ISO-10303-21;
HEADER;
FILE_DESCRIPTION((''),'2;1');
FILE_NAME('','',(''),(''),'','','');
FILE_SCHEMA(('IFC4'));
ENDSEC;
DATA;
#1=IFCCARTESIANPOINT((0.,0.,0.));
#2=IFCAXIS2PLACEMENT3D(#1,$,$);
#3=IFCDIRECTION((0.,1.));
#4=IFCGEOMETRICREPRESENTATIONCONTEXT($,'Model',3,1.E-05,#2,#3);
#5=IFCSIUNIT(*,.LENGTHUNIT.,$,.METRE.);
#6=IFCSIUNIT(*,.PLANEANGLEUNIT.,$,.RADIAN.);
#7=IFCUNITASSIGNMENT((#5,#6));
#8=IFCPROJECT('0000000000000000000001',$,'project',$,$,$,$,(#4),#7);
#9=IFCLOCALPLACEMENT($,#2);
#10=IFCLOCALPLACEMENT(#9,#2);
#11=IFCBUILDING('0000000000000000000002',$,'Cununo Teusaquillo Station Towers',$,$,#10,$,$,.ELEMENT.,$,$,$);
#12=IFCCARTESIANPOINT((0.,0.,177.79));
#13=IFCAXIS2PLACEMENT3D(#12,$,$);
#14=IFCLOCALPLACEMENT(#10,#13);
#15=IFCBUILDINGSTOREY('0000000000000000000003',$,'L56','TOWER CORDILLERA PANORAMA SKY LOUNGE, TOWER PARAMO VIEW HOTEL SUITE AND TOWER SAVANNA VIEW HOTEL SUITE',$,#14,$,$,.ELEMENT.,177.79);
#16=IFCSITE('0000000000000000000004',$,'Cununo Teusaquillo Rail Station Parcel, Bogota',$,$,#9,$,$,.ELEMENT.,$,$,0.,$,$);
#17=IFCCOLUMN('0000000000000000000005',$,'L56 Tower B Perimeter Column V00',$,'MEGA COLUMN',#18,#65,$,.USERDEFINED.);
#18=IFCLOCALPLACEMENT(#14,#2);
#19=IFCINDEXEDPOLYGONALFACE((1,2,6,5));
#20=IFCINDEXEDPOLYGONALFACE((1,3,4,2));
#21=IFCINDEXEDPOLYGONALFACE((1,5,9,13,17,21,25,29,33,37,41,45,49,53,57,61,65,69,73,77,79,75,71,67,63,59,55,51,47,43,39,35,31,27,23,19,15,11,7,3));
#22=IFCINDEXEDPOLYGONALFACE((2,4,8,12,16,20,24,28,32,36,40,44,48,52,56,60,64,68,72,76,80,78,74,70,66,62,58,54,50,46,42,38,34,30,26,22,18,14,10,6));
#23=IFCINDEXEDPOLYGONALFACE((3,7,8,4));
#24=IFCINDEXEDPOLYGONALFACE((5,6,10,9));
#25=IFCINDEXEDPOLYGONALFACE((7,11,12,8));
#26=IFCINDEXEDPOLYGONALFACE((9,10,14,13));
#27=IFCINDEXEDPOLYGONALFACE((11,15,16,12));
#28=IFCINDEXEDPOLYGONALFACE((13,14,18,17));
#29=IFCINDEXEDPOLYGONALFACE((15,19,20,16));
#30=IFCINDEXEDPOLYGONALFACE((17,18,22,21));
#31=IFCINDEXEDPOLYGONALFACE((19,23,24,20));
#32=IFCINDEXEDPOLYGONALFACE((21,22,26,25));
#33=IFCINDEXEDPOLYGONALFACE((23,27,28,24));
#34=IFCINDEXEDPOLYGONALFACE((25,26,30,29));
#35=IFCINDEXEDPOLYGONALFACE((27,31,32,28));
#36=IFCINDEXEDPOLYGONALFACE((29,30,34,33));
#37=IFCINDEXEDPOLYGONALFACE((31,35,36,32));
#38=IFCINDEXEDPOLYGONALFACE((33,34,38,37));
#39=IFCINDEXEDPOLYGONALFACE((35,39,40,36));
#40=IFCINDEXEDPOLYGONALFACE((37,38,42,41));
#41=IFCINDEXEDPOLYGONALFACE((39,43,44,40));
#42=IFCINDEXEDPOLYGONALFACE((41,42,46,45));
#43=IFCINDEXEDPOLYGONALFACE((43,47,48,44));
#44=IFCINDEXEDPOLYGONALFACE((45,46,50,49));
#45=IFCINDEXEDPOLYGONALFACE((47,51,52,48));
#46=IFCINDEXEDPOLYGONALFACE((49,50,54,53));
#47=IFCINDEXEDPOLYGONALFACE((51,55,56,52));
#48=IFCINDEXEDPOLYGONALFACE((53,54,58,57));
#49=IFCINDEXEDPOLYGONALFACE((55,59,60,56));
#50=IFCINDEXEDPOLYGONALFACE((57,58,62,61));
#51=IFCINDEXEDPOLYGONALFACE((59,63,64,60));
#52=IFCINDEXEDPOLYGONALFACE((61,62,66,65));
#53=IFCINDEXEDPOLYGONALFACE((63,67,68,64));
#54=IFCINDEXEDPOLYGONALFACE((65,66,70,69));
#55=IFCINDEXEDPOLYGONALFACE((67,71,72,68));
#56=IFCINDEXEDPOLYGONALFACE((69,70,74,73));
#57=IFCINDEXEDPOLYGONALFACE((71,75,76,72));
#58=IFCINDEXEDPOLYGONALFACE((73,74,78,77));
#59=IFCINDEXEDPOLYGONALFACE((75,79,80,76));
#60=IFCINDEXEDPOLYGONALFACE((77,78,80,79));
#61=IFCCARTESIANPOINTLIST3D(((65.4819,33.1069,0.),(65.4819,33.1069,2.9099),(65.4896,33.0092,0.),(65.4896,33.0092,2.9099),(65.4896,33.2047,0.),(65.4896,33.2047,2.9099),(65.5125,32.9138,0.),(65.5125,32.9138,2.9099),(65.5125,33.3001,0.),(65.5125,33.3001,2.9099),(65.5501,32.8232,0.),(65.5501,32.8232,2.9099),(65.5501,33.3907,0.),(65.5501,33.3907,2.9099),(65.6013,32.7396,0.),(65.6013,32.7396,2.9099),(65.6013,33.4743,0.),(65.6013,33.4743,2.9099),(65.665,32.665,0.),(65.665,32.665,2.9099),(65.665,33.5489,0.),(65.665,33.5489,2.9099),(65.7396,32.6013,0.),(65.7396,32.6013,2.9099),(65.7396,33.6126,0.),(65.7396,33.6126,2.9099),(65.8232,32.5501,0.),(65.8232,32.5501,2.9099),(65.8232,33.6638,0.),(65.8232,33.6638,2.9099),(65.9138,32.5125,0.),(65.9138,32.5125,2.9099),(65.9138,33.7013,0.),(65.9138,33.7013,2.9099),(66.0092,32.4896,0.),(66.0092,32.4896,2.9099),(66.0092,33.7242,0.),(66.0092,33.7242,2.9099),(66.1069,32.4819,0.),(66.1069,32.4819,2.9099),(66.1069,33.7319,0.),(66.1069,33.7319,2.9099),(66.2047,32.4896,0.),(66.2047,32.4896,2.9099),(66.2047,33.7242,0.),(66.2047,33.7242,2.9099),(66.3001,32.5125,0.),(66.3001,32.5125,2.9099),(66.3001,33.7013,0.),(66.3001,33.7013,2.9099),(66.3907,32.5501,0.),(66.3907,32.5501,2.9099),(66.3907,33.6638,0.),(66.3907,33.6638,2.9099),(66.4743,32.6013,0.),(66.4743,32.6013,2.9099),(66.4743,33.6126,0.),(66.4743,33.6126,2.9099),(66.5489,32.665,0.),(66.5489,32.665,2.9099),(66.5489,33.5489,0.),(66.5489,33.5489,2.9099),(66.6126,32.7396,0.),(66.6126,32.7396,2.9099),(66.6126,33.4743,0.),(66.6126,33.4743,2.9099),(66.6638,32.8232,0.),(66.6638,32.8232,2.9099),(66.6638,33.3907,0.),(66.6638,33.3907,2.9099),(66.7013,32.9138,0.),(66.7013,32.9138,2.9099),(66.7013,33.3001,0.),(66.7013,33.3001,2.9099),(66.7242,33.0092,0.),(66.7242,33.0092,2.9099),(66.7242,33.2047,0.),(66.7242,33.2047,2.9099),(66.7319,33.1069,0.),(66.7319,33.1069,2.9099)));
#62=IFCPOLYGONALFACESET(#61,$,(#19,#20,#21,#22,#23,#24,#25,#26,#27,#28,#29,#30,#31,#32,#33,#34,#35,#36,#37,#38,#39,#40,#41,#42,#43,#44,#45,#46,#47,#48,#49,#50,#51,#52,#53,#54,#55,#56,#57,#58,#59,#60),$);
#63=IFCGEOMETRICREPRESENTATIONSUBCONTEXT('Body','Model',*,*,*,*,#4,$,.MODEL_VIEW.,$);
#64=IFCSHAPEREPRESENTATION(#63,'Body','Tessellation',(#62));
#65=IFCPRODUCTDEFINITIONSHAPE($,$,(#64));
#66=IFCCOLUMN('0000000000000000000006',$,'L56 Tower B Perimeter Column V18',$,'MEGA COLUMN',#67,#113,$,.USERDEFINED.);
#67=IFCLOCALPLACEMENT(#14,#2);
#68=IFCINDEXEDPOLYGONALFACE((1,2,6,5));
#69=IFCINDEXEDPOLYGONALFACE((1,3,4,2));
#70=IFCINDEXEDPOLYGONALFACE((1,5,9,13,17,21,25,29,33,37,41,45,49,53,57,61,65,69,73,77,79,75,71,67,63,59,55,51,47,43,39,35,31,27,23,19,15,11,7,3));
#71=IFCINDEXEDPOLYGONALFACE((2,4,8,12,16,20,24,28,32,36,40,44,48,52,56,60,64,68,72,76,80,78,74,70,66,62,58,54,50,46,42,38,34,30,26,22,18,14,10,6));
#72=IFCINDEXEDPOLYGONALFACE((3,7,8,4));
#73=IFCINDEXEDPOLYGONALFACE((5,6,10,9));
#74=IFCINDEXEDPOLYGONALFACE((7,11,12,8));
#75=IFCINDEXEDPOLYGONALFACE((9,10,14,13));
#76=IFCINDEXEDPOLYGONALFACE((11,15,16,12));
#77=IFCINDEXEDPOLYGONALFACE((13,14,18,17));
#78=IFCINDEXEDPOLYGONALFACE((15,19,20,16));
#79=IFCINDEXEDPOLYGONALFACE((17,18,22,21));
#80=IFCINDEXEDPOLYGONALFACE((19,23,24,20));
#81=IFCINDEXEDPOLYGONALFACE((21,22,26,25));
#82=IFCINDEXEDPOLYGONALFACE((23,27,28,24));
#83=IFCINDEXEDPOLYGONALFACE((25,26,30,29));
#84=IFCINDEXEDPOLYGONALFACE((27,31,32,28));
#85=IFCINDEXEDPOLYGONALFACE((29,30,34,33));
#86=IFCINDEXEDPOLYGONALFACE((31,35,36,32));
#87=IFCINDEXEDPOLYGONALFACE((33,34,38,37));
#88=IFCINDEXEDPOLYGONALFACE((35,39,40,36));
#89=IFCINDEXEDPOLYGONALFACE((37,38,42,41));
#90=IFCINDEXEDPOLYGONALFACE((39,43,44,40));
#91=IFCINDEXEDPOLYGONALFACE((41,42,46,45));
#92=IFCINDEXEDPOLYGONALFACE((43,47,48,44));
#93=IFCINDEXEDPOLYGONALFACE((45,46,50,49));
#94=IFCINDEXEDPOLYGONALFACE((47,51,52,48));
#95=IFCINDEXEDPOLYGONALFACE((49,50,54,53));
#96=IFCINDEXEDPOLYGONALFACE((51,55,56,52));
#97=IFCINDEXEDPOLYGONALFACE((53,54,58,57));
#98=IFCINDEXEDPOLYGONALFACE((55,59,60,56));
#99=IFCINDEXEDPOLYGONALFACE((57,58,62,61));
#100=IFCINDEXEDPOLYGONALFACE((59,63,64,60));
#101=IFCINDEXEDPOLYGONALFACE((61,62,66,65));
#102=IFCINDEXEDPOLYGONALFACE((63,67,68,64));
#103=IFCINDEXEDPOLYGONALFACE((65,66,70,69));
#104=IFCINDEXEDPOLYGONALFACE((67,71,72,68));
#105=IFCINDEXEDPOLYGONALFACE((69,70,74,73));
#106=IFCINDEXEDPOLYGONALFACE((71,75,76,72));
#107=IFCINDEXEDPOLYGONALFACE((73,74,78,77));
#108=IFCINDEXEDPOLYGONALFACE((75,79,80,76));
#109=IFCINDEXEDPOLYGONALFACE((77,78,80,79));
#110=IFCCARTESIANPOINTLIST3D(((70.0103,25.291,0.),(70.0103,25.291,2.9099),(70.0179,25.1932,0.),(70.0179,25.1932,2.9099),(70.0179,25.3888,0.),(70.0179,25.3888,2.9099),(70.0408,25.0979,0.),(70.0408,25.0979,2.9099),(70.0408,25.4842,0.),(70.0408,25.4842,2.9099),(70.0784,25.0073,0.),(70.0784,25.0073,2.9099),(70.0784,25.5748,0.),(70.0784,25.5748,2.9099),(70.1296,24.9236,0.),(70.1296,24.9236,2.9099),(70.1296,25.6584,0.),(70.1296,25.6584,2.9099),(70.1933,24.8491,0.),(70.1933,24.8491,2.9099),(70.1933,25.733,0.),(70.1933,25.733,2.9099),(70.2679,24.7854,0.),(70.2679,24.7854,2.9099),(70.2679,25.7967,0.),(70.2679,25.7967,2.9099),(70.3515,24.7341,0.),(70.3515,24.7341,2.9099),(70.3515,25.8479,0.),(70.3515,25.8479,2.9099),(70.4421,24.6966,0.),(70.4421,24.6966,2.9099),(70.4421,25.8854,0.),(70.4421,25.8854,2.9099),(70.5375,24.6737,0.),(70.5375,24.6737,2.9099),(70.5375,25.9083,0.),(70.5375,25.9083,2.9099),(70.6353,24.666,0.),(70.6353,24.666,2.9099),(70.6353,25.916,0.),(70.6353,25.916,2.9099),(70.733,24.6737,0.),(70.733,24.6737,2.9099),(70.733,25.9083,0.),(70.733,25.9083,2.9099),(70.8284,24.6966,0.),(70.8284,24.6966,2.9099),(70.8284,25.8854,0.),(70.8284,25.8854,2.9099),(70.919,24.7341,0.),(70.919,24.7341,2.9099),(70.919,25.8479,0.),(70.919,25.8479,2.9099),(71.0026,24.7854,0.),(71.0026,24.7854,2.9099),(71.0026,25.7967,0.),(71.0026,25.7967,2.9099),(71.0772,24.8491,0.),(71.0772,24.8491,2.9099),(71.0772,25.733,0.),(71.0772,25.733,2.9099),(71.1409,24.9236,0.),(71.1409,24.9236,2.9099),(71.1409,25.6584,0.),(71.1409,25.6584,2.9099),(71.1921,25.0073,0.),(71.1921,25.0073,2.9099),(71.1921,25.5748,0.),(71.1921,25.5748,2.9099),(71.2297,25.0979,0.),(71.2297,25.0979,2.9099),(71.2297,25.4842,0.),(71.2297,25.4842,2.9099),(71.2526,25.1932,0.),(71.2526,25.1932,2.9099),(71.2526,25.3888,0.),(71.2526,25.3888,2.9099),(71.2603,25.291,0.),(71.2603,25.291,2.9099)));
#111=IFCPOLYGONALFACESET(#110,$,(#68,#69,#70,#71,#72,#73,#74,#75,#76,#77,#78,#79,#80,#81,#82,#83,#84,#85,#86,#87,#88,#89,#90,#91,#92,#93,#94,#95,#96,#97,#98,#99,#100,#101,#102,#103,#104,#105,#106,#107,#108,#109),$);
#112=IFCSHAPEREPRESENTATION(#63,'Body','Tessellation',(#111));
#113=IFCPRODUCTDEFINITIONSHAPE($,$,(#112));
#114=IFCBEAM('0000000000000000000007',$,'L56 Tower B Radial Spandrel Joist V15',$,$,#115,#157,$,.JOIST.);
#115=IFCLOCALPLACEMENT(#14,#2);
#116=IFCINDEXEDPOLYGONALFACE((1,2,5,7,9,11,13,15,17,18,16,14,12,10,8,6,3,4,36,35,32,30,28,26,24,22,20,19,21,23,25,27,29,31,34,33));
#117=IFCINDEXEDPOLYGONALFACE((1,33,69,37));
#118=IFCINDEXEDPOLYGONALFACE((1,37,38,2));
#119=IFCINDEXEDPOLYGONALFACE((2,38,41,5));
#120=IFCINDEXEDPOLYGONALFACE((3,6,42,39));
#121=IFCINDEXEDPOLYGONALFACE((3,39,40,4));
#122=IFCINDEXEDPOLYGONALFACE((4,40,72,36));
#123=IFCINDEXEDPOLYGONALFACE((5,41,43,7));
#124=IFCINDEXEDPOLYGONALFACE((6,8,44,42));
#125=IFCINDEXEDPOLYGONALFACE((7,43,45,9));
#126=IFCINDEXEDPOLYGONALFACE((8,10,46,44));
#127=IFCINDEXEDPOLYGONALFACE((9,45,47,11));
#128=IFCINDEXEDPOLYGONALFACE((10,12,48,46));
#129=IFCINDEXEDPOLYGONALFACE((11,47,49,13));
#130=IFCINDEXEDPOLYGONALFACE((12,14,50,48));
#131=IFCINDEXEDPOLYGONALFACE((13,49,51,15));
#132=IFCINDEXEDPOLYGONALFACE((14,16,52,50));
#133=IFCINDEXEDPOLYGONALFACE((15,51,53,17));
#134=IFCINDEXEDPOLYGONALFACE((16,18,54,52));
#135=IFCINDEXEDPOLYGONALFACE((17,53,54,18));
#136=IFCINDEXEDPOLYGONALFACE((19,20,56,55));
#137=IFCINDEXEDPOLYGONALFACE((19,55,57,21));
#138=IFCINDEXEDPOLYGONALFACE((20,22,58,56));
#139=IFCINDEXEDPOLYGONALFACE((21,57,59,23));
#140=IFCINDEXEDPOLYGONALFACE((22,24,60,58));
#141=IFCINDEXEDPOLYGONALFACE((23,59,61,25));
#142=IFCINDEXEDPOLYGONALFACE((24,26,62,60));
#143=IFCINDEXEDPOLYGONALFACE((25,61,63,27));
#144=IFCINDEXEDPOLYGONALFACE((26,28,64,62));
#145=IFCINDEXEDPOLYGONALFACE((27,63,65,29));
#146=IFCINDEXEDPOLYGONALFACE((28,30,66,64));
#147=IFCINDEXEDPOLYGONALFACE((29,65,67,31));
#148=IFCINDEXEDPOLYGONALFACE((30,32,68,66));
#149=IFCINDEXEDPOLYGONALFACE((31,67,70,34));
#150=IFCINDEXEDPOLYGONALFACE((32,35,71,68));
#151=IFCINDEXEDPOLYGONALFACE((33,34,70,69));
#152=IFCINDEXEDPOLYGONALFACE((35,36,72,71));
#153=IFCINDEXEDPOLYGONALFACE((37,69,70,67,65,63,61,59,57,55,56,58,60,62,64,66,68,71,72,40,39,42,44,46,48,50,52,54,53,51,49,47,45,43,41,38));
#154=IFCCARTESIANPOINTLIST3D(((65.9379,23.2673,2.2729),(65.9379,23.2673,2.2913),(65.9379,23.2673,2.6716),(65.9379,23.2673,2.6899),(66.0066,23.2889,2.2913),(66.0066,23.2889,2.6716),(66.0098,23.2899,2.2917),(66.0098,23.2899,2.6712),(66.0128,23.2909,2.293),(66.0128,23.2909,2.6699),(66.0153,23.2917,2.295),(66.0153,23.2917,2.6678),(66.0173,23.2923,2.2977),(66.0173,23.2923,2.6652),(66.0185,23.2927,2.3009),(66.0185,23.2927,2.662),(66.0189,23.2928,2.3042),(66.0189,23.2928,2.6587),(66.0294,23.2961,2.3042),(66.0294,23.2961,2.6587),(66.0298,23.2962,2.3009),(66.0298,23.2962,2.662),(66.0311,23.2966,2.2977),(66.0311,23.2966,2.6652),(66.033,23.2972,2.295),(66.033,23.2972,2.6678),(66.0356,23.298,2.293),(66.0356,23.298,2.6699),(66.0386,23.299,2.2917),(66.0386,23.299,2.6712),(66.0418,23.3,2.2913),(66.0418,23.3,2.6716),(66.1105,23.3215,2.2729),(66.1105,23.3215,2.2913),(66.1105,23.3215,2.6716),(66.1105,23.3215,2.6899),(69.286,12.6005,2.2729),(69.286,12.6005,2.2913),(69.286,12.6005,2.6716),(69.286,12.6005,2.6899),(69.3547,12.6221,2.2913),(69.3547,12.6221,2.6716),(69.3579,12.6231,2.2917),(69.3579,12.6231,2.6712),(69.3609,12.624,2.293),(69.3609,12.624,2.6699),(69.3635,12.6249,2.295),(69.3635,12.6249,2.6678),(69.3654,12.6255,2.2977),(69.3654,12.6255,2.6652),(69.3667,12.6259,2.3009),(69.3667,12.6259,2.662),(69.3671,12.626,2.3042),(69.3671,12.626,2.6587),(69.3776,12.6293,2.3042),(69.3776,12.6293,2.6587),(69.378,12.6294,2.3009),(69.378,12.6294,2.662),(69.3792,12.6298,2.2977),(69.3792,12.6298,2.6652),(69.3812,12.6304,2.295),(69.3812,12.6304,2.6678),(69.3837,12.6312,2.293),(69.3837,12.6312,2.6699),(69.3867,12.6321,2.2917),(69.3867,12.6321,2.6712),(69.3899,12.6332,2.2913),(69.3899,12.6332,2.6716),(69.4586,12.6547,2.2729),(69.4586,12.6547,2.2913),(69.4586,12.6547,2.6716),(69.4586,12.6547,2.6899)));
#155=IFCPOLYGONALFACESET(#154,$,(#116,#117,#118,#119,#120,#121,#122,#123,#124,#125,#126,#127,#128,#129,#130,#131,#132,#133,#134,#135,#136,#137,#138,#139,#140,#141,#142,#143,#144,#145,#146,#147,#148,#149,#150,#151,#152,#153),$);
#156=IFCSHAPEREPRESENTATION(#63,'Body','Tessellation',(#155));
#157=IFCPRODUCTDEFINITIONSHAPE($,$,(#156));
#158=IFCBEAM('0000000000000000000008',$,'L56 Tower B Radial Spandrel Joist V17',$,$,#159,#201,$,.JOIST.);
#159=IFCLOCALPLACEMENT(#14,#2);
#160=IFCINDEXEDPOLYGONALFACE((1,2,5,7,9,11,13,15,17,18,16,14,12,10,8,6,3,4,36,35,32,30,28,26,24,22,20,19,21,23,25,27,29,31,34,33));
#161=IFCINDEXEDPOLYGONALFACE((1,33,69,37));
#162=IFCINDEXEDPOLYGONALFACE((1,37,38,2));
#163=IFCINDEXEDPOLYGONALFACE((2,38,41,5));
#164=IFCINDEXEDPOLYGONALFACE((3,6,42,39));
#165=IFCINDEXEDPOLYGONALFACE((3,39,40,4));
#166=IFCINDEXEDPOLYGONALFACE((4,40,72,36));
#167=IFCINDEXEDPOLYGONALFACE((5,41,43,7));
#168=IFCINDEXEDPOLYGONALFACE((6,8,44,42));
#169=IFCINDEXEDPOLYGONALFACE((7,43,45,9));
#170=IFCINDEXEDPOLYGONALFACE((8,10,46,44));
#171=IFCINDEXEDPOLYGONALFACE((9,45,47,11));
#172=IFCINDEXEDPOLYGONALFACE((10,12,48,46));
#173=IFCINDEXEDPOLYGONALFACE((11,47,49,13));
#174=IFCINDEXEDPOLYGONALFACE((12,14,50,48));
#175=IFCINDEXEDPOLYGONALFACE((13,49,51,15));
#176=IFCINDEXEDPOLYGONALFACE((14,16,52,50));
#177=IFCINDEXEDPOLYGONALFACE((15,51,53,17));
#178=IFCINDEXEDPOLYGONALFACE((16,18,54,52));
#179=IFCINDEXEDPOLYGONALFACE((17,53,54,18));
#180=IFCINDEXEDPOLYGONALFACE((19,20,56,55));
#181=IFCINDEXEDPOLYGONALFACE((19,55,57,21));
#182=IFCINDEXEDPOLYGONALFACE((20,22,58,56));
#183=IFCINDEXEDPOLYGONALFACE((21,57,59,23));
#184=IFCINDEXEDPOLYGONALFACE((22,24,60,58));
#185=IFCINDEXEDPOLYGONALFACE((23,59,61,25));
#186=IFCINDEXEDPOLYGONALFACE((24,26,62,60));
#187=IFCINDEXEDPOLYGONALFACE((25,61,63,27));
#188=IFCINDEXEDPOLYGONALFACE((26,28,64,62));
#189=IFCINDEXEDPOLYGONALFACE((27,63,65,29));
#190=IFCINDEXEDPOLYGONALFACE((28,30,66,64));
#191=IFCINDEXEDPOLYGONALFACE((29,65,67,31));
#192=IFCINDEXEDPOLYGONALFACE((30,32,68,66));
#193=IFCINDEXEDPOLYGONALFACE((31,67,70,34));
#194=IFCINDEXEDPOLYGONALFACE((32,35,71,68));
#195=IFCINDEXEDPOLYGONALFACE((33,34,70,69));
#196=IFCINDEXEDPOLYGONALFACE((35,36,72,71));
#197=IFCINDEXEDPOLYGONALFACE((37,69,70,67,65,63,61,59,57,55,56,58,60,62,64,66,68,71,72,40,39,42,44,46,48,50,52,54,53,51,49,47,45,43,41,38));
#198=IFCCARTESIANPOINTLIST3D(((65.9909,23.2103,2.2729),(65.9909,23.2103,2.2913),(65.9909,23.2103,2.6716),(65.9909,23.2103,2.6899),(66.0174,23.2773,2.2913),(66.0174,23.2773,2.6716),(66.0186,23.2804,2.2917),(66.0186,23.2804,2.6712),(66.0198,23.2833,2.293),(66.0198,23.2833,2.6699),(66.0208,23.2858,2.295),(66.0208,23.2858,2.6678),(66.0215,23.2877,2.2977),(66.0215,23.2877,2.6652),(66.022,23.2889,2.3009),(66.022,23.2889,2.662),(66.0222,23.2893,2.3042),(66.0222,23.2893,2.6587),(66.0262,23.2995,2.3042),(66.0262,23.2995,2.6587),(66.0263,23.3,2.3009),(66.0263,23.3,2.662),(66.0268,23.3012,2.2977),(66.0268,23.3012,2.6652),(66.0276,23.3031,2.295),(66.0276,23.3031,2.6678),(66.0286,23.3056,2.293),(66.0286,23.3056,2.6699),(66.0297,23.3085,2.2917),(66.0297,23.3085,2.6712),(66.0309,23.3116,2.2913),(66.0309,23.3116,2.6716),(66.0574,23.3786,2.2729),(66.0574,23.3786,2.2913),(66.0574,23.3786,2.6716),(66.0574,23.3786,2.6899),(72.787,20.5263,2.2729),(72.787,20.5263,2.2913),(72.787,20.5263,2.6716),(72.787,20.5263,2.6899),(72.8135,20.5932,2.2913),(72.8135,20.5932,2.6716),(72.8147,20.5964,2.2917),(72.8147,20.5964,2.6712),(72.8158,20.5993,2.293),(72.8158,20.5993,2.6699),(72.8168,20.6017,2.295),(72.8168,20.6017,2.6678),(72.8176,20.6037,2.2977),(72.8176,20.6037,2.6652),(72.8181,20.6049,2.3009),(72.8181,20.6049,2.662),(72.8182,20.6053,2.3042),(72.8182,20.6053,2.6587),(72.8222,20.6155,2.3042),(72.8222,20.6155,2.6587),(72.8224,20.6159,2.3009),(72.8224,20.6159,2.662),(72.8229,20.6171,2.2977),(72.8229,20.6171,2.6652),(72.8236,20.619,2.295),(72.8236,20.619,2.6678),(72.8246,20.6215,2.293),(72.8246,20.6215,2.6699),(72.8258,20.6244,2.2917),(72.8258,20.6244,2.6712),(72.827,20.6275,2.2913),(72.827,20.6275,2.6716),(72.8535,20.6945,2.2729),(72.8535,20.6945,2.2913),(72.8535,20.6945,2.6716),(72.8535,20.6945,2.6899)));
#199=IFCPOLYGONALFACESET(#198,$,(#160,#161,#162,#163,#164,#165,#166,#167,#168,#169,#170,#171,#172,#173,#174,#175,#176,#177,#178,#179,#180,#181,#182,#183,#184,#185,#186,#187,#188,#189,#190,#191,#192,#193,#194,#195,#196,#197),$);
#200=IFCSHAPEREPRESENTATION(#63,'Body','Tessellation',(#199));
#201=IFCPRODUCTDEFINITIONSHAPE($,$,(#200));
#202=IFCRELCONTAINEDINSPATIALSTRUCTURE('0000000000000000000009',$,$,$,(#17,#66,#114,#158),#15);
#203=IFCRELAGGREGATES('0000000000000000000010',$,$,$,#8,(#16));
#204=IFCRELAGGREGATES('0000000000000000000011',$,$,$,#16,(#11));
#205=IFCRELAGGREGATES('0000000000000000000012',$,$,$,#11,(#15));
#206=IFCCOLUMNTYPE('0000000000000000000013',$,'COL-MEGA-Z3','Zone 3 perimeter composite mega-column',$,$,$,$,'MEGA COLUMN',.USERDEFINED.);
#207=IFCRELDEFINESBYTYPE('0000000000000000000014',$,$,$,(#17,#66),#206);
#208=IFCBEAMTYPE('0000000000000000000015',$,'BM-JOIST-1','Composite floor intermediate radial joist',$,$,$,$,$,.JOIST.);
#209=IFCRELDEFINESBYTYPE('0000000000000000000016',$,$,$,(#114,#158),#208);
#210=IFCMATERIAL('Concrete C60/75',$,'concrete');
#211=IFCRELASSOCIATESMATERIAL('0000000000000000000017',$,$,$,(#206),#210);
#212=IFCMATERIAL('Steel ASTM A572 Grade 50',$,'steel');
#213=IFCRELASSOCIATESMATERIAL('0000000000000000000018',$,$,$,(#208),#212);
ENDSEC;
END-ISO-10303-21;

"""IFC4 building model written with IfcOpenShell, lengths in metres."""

from ifc_helpers import new_model, si_unit, direction, frame, origin, origin_2d, place, context, subcontext, project, spatial, circle, i_section, extrude, material, material_profile, profile_set, type_object, element, save


model = new_model("IFC4")

# Units and contexts
model_context = context("Model", 3, precision=1e-05, world=origin(), true_north=direction((0.0, 1.0)))
body_context = subcontext(model_context, "Body", "Model", "MODEL_VIEW")
ifc_project = project(units=[si_unit("LENGTHUNIT", "METRE"), si_unit("PLANEANGLEUNIT", "RADIAN")], contexts=[model_context])

# Site, building, storey
site_placement = place(None, origin())
site = spatial("IfcSite", under=ifc_project, at=site_placement, Name="Cununo Teusaquillo Rail Station Parcel, Bogota", CompositionType="ELEMENT", RefElevation=0.0)
building_placement = place(site_placement, origin())
building = spatial("IfcBuilding", under=site, at=building_placement, Name="Cununo Teusaquillo Station Towers", CompositionType="ELEMENT")
storey_placement = place(building_placement, frame((0.0, 0.0, 177.79)))
storey = spatial("IfcBuildingStorey", under=building, at=storey_placement, Name="L56", Description="TOWER CORDILLERA PANORAMA SKY LOUNGE, TOWER PARAMO VIEW HOTEL SUITE AND TOWER SAVANNA VIEW HOTEL SUITE", CompositionType="ELEMENT", Elevation=177.79)

# Columns
ifc_material_1 = material(Name="Concrete C60/75", Category="concrete")
ifc_material_profile_1 = material_profile(ifc_material_1, circle(Radius=0.625, at=origin_2d()), Name="RC-CIRC-1250")
ifc_profile_set_1 = profile_set([ifc_material_profile_1], Name="Concrete C60/75")
column_type = type_object("IfcColumnType", Name="COL-MEGA-Z3", Description="Zone 3 perimeter composite mega-column", ElementType="MEGA COLUMN", PredefinedType="USERDEFINED", material=ifc_profile_set_1)
for number, where, z_axis, x_axis, name in (
    (1, (66.1069, 33.1069, 0.0), (0.0, 0.0, 1.0), (1.0, 0.0, 0.0), "L56 Tower B Perimeter Column V00"),
    (2, (70.6353, 25.291, 0.0), (0.0, 0.0, 1.0), (1.0, 0.0, 0.0), "L56 Tower B Perimeter Column V18"),
):
    element("IfcColumn", number, at=place(storey_placement, frame(where, z_axis=z_axis, x_axis=x_axis)), inside=storey, type_object=column_type, Name=name, ObjectType="MEGA COLUMN", PredefinedType="USERDEFINED", context=body_context, shape_type="SweptSolid", body=[
        extrude(circle(Radius=0.625, at=origin_2d()), origin(), (0.0, 0.0, 1.0), 2.9099),
    ])

# Beams
ifc_material_2 = material(Name="Steel ASTM A572 Grade 50", Category="steel")
ifc_material_profile_2 = material_profile(ifc_material_2, i_section(OverallWidth=0.1809, OverallDepth=0.417, WebThickness=0.011, FlangeThickness=0.0183, FilletRadius=0.0129, at=origin_2d()), Name="W16X57")
ifc_profile_set_2 = profile_set([ifc_material_profile_2], Name="Steel ASTM A572 Grade 50")
beam_type_1 = type_object("IfcBeamType", Name="BM-JOIST-1", Description="Composite floor intermediate radial joist", PredefinedType="JOIST", material=ifc_profile_set_2)
beam_1_placement = place(storey_placement, frame((66.0242, 23.2944, 2.4814), z_axis=(0.29948, -0.954103, 0.0), x_axis=(0.954103, 0.29948, 0.0)))
element("IfcBeam", 3, at=beam_1_placement, inside=storey, type_object=beam_type_1, Name="L56 Tower B Radial Spandrel Joist V15", PredefinedType="JOIST", context=body_context, shape_type="SweptSolid", body=[
    extrude(i_section(OverallWidth=0.1809, OverallDepth=0.417, WebThickness=0.011, FlangeThickness=0.0183, FilletRadius=0.0129, at=origin_2d()), origin(), (0.0, 0.0, 1.0), 11.1799),
])
beam_2_placement = place(storey_placement, frame((66.0242, 23.2944, 2.4814), z_axis=(0.93009, -0.367332, 0.0), x_axis=(0.367332, 0.93009, 0.0)))
element("IfcBeam", 4, at=beam_2_placement, inside=storey, type_object=beam_type_1, Name="L56 Tower B Radial Spandrel Joist V17", PredefinedType="JOIST", context=body_context, shape_type="SweptSolid", body=[
    extrude(i_section(OverallWidth=0.1809, OverallDepth=0.417, WebThickness=0.011, FlangeThickness=0.0183, FilletRadius=0.0129, at=origin_2d()), origin(), (0.0, 0.0, 1.0), 7.3069),
])

save(model, "model.ifc")
